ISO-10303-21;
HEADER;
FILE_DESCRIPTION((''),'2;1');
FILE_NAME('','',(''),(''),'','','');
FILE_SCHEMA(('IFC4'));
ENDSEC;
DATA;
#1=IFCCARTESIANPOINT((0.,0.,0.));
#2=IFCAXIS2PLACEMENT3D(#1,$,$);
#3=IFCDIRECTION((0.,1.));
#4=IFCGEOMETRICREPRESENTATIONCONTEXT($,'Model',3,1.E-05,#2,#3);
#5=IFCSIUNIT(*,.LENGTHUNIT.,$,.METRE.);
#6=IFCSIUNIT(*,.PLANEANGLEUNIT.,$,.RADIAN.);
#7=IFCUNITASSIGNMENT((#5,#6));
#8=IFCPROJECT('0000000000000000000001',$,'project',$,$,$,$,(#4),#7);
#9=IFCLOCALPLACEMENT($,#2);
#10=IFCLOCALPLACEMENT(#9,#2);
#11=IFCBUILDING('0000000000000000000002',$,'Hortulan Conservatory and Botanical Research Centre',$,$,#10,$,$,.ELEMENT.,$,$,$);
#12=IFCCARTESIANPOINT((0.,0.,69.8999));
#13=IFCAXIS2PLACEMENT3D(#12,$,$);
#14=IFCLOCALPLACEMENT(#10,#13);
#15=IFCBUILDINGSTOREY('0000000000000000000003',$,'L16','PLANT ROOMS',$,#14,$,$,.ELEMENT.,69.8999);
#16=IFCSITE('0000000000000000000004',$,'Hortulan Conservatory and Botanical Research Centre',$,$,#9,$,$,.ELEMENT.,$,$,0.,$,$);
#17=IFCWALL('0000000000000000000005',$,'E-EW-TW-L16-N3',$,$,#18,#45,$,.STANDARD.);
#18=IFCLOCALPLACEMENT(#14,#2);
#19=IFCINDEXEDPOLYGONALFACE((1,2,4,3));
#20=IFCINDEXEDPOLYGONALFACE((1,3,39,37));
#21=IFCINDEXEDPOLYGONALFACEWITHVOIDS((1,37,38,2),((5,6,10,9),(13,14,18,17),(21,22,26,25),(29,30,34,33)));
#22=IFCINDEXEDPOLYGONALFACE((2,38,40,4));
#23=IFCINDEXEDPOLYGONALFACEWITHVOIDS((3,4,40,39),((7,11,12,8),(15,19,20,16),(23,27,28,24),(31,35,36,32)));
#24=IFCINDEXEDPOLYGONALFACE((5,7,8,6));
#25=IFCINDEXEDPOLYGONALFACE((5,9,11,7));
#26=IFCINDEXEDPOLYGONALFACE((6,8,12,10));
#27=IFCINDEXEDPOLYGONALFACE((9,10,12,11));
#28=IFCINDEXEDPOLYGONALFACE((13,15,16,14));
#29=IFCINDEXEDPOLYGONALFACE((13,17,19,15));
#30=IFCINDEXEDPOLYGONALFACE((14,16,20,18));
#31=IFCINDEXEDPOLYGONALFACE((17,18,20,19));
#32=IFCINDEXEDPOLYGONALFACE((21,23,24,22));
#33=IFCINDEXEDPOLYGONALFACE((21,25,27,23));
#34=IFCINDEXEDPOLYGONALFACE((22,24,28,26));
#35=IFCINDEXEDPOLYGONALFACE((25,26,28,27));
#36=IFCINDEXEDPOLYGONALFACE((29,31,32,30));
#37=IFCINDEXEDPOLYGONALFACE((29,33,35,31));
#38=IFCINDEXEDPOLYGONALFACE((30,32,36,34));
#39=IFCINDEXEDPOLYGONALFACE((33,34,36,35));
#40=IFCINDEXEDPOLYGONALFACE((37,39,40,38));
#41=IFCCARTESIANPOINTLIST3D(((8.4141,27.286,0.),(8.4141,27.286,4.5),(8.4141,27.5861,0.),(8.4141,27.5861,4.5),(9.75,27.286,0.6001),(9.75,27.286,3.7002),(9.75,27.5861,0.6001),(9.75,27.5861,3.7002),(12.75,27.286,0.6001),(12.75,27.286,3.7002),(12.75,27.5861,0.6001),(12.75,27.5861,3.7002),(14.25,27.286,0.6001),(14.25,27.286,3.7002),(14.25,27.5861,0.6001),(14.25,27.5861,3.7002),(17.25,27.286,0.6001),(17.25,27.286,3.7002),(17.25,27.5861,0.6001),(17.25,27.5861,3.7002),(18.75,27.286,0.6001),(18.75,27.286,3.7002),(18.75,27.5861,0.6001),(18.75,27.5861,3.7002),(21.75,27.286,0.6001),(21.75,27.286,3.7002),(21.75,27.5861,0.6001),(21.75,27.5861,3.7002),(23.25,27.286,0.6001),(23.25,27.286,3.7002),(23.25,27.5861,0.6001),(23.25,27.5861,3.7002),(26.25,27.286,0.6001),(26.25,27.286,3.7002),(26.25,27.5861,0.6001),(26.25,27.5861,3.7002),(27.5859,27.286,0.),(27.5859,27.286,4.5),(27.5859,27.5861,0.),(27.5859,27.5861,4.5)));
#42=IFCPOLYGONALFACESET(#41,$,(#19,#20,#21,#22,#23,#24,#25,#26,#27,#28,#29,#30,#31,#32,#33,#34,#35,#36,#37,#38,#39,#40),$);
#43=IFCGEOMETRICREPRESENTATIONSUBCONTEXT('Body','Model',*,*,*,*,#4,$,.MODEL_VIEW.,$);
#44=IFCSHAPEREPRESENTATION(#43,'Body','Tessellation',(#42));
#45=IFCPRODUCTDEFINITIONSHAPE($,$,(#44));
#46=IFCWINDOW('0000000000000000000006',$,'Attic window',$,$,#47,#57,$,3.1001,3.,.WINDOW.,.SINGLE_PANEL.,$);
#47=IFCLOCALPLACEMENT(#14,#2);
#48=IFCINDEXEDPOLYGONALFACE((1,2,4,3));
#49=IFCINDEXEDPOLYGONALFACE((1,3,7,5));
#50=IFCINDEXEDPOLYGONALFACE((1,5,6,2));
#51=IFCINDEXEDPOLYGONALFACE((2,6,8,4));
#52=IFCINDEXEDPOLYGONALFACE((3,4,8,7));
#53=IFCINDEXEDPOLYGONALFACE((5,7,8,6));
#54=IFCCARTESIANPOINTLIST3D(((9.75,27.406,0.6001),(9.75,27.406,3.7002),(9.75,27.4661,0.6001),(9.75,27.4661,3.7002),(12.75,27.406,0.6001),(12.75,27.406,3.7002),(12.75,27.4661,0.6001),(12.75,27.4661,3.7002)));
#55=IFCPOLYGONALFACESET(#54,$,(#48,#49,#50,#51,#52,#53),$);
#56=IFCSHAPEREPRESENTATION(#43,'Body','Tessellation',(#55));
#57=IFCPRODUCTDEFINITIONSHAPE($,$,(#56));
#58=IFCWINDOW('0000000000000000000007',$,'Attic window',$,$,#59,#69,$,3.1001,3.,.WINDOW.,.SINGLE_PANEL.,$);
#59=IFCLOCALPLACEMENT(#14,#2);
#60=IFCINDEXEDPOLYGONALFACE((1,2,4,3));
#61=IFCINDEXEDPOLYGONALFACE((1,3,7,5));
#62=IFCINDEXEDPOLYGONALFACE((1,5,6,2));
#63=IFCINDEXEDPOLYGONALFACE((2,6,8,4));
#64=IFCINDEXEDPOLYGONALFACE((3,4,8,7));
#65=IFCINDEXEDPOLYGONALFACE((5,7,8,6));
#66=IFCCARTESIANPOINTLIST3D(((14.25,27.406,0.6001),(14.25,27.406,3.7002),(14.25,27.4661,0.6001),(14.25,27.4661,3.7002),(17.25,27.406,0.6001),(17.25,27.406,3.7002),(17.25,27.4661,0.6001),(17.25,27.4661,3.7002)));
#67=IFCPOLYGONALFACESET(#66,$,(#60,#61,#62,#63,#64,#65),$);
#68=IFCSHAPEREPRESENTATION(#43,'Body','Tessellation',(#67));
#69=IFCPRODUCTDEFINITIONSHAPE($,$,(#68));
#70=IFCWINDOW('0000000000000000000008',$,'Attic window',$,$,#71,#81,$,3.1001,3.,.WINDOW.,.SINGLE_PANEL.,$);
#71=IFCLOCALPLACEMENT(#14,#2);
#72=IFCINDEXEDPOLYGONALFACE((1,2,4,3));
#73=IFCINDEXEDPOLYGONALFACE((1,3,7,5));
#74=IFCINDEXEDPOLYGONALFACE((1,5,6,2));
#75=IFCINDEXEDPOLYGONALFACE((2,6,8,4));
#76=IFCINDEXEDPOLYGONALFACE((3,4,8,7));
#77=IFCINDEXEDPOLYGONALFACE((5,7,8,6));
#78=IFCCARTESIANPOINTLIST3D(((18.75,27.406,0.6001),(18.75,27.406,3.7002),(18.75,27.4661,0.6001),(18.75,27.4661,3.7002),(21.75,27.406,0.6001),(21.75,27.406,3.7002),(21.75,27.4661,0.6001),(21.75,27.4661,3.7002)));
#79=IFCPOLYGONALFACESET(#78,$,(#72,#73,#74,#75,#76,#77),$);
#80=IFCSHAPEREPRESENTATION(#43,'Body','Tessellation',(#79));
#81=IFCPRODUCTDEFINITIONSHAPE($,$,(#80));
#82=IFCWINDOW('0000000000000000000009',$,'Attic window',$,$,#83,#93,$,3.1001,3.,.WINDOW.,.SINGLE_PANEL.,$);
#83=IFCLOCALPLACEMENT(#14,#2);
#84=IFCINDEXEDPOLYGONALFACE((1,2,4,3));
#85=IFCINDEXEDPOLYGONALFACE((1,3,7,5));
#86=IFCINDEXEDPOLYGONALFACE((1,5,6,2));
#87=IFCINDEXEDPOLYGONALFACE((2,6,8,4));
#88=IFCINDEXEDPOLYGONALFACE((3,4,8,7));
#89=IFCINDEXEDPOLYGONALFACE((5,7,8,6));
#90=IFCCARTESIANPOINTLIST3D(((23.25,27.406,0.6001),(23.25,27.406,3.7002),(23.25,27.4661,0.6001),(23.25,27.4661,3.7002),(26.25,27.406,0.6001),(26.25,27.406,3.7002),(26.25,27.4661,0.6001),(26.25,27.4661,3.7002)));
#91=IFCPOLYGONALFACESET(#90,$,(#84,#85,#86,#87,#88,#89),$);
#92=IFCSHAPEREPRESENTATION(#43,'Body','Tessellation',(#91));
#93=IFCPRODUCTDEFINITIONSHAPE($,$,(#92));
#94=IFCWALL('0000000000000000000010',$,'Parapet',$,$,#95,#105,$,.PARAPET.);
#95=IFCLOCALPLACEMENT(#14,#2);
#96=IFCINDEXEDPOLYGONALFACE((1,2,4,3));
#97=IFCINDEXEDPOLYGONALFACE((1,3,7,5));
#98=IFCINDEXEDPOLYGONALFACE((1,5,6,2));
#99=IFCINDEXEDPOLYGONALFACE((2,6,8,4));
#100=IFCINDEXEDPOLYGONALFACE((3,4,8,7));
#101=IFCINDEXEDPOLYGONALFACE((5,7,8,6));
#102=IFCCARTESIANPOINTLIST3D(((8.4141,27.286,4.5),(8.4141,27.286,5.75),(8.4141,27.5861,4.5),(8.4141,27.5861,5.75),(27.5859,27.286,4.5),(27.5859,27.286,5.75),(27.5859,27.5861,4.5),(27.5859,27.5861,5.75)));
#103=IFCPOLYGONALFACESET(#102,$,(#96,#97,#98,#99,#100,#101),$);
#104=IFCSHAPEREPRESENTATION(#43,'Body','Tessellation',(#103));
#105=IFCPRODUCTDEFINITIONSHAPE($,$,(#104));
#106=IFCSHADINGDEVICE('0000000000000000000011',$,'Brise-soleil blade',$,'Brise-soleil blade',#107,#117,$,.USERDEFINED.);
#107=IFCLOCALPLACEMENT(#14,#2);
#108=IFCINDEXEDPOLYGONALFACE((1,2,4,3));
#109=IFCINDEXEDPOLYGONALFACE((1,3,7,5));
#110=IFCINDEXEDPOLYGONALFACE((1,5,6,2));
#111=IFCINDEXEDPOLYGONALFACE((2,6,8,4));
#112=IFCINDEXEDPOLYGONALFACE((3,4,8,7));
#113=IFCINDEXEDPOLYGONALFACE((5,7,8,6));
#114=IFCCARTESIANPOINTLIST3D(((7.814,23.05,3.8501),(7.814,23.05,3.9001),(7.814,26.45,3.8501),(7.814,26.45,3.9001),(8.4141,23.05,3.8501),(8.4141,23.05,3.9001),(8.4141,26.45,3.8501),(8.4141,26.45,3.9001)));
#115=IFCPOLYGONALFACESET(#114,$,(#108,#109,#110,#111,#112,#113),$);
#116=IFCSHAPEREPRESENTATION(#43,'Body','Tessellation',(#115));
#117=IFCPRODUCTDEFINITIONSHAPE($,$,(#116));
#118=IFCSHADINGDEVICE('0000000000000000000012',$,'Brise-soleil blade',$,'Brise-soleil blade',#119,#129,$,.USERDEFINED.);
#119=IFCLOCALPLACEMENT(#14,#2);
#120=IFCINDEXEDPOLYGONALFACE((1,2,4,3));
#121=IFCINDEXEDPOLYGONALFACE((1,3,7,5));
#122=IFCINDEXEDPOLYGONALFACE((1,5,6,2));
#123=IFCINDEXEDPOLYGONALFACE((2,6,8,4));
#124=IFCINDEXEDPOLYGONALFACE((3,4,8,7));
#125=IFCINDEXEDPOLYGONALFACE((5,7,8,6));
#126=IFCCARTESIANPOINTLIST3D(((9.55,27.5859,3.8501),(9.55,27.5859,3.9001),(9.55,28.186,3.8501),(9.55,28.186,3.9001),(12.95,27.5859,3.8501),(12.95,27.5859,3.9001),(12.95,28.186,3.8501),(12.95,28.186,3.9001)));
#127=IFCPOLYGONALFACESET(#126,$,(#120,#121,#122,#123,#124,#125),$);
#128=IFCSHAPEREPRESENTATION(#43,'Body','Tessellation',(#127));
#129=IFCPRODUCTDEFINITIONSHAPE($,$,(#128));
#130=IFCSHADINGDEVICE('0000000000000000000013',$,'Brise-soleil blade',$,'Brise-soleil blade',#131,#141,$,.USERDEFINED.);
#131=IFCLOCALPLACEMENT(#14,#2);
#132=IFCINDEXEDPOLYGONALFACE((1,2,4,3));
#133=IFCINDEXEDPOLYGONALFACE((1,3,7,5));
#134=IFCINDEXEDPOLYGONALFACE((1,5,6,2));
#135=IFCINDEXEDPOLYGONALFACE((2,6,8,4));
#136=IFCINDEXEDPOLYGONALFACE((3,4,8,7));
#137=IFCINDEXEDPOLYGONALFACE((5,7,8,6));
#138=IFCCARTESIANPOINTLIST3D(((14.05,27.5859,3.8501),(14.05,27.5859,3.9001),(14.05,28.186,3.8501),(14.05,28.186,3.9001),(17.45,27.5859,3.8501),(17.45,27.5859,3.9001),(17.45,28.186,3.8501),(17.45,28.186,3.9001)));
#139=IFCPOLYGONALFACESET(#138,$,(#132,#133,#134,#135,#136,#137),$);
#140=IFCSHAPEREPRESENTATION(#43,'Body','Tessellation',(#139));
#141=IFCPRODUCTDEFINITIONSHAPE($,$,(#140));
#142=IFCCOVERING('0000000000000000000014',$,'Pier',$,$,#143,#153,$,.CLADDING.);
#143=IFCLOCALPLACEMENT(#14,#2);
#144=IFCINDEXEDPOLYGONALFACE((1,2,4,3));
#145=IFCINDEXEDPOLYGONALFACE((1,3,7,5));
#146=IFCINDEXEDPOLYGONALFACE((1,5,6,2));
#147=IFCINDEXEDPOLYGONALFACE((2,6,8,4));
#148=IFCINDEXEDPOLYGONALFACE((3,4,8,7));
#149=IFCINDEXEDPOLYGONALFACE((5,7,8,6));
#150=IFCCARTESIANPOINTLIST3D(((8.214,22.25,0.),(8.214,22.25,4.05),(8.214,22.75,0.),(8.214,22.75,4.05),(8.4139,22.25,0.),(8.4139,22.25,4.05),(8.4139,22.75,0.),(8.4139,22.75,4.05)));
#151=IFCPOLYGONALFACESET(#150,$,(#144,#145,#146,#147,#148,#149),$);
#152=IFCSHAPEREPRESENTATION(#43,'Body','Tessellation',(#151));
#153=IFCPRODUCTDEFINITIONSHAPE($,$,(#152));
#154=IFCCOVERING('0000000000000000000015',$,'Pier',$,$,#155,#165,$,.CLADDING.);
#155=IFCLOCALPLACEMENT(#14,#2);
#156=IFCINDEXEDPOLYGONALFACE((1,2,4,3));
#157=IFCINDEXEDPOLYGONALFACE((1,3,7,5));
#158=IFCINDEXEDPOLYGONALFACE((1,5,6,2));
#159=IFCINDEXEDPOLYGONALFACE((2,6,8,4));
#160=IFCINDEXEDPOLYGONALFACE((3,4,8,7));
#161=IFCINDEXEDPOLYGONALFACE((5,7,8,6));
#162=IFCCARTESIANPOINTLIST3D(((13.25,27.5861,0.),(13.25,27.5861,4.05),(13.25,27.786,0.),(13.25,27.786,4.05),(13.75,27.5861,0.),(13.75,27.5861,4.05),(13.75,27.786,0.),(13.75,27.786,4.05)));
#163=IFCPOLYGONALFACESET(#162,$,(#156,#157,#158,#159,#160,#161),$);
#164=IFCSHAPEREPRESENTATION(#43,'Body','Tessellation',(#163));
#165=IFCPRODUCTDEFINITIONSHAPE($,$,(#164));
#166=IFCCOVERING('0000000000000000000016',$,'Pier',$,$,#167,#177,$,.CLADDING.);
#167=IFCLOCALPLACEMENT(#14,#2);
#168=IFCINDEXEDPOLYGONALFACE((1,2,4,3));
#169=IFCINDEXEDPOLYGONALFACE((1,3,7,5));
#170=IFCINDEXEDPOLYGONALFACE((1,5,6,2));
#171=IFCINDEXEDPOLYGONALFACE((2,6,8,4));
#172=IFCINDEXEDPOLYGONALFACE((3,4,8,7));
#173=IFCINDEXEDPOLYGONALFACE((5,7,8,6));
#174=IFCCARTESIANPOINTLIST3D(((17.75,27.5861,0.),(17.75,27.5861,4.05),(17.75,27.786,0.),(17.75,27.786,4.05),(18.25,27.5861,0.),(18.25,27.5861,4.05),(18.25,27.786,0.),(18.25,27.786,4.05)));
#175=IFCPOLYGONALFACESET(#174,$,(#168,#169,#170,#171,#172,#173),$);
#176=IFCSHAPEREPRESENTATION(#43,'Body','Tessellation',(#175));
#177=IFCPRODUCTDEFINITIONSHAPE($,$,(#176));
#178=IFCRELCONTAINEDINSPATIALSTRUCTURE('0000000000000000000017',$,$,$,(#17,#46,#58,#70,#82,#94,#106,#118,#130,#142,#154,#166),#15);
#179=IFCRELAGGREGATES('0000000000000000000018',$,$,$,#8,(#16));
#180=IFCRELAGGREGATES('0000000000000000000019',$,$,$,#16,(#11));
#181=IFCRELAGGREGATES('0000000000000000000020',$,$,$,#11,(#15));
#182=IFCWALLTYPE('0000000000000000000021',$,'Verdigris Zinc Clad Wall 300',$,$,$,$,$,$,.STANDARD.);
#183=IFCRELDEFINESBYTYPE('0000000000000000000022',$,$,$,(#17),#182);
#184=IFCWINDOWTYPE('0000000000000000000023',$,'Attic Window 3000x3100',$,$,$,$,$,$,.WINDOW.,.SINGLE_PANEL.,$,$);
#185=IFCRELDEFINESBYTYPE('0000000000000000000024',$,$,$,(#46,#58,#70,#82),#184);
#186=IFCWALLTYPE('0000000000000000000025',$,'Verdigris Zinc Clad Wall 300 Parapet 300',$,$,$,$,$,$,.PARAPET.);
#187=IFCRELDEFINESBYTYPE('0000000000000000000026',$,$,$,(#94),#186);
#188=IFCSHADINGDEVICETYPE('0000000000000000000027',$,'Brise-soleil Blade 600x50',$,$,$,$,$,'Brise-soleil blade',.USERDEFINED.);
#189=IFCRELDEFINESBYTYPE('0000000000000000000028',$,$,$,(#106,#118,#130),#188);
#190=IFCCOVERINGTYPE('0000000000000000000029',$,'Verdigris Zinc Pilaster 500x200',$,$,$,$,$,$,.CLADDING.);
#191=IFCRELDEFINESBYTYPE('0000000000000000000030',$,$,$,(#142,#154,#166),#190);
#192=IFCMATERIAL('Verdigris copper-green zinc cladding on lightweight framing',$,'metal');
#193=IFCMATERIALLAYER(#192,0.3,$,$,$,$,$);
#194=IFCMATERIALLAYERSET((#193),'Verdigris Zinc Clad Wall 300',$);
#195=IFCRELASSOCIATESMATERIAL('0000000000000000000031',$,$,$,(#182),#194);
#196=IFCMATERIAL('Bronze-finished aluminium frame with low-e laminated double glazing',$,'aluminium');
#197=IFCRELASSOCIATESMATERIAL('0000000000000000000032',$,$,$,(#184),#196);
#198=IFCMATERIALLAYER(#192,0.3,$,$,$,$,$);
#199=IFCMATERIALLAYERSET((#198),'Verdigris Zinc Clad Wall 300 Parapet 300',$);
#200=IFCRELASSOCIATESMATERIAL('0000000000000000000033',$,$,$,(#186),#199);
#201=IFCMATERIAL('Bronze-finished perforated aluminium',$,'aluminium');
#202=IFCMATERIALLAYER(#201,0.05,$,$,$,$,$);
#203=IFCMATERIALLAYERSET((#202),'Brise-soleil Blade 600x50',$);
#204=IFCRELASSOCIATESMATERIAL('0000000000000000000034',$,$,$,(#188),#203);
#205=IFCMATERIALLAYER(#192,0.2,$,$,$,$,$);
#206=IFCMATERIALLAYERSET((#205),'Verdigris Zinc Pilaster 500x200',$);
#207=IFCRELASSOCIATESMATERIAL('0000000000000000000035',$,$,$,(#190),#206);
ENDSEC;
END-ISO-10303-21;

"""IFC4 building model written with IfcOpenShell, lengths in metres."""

from ifc_helpers import new_model, si_unit, direction, frame, frame_2d, origin, origin_2d, place, context, subcontext, project, spatial, rectangle, extrude, material, layer, layer_set, type_object, element, fill, save


model = new_model("IFC4")

# Units and contexts
model_context = context("Model", 3, precision=1e-05, world=origin(), true_north=direction((0.0, 1.0)))
body_context = subcontext(model_context, "Body", "Model", "MODEL_VIEW")
ifc_project = project(units=[si_unit("LENGTHUNIT", "METRE"), si_unit("PLANEANGLEUNIT", "RADIAN")], contexts=[model_context])

# Site, building, storey
site_placement = place(None, origin())
site = spatial("IfcSite", under=ifc_project, at=site_placement, Name="Hortulan Conservatory and Botanical Research Centre", CompositionType="ELEMENT", RefElevation=0.0)
building_placement = place(site_placement, origin())
building = spatial("IfcBuilding", under=site, at=building_placement, Name="Hortulan Conservatory and Botanical Research Centre", CompositionType="ELEMENT")
storey_placement = place(building_placement, frame((0.0, 0.0, 69.8999)))
storey = spatial("IfcBuildingStorey", under=building, at=storey_placement, Name="L16", Description="PLANT ROOMS", CompositionType="ELEMENT", Elevation=69.8999)

# Wall, openings, windows
ifc_material_1 = material(Name="Verdigris copper-green zinc cladding on lightweight framing", Category="metal")
ifc_layer_1 = layer(ifc_material_1, 0.3)
ifc_layer_set_1 = layer_set([ifc_layer_1], Name="Verdigris Zinc Clad Wall 300")
wall_type_1 = type_object("IfcWallType", Name="Verdigris Zinc Clad Wall 300", PredefinedType="STANDARD", material=ifc_layer_set_1)
wall_1_placement = place(storey_placement, frame((8.4141, 27.436, 0.0), z_axis=(0.0, 0.0, 1.0), x_axis=(1.0, 0.0, 0.0)))
wall_1 = element("IfcWall", 1, at=wall_1_placement, inside=storey, type_object=wall_type_1, Name="E-EW-TW-L16-N3", PredefinedType="STANDARD", context=body_context, shape_type="SweptSolid", body=[
    extrude(rectangle(XDim=19.1719, YDim=0.3, at=frame_2d((9.5859, 0.0))), origin(), (0.0, 0.0, 1.0), 4.5),
])
opening_1_placement = place(wall_1_placement, frame((1.3359, 0.0, 0.6001)))
opening_1 = element("IfcOpeningElement", 2, at=opening_1_placement, cuts=wall_1, PredefinedType="OPENING", context=body_context, shape_type="SweptSolid", body=[
    extrude(rectangle(XDim=3.0, YDim=3.1001, at=frame_2d((1.5, 1.55))), frame((0.0, 0.1599, 0.0), z_axis=(0.0, -1.0, 0.0), x_axis=(1.0, 0.0, 0.0)), (0.0, 0.0, 1.0), 0.3201),
])
opening_2_placement = place(wall_1_placement, frame((5.8359, 0.0, 0.6001)))
opening_2 = element("IfcOpeningElement", 3, at=opening_2_placement, cuts=wall_1, PredefinedType="OPENING", context=body_context, shape_type="SweptSolid", body=[
    extrude(rectangle(XDim=3.0, YDim=3.1001, at=frame_2d((1.5, 1.55))), frame((0.0, 0.1599, 0.0), z_axis=(0.0, -1.0, 0.0), x_axis=(1.0, 0.0, 0.0)), (0.0, 0.0, 1.0), 0.3201),
])
opening_3_placement = place(wall_1_placement, frame((10.3359, 0.0, 0.6001)))
opening_3 = element("IfcOpeningElement", 4, at=opening_3_placement, cuts=wall_1, PredefinedType="OPENING", context=body_context, shape_type="SweptSolid", body=[
    extrude(rectangle(XDim=3.0, YDim=3.1001, at=frame_2d((1.5, 1.55))), frame((0.0, 0.1599, 0.0), z_axis=(0.0, -1.0, 0.0), x_axis=(1.0, 0.0, 0.0)), (0.0, 0.0, 1.0), 0.3201),
])
opening_4_placement = place(wall_1_placement, frame((14.8359, 0.0, 0.6001)))
opening_4 = element("IfcOpeningElement", 5, at=opening_4_placement, cuts=wall_1, PredefinedType="OPENING", context=body_context, shape_type="SweptSolid", body=[
    extrude(rectangle(XDim=3.0, YDim=3.1001, at=frame_2d((1.5, 1.55))), frame((0.0, 0.1599, 0.0), z_axis=(0.0, -1.0, 0.0), x_axis=(1.0, 0.0, 0.0)), (0.0, 0.0, 1.0), 0.3201),
])
ifc_material_2 = material(Name="Bronze-finished aluminium frame with low-e laminated double glazing", Category="aluminium")
window_type = type_object("IfcWindowType", Name="Attic Window 3000x3100", PartitioningType="SINGLE_PANEL", PredefinedType="WINDOW", material=ifc_material_2)
window_1_placement = place(opening_1_placement, origin())
window_1 = element("IfcWindow", 6, at=window_1_placement, inside=storey, type_object=window_type, Name="Attic window", OverallHeight=3.1001, OverallWidth=3.0, PartitioningType="SINGLE_PANEL", PredefinedType="WINDOW", context=body_context, shape_type="SweptSolid", body=[
    extrude(rectangle(XDim=3.0, YDim=3.1001, at=frame_2d((1.5, 1.55))), frame((0.0, 0.03, 0.0), z_axis=(0.0, -1.0, 0.0), x_axis=(1.0, 0.0, 0.0)), (0.0, 0.0, 1.0), 0.0601),
])
fill(opening_1, window_1)
window_2_placement = place(opening_2_placement, origin())
window_2 = element("IfcWindow", 7, at=window_2_placement, inside=storey, type_object=window_type, Name="Attic window", OverallHeight=3.1001, OverallWidth=3.0, PartitioningType="SINGLE_PANEL", PredefinedType="WINDOW", context=body_context, shape_type="SweptSolid", body=[
    extrude(rectangle(XDim=3.0, YDim=3.1001, at=frame_2d((1.5, 1.55))), frame((0.0, 0.03, 0.0), z_axis=(0.0, -1.0, 0.0), x_axis=(1.0, 0.0, 0.0)), (0.0, 0.0, 1.0), 0.0601),
])
fill(opening_2, window_2)
window_3_placement = place(opening_3_placement, origin())
window_3 = element("IfcWindow", 8, at=window_3_placement, inside=storey, type_object=window_type, Name="Attic window", OverallHeight=3.1001, OverallWidth=3.0, PartitioningType="SINGLE_PANEL", PredefinedType="WINDOW", context=body_context, shape_type="SweptSolid", body=[
    extrude(rectangle(XDim=3.0, YDim=3.1001, at=frame_2d((1.5, 1.55))), frame((0.0, 0.03, 0.0), z_axis=(0.0, -1.0, 0.0), x_axis=(1.0, 0.0, 0.0)), (0.0, 0.0, 1.0), 0.0601),
])
fill(opening_3, window_3)
window_4_placement = place(opening_4_placement, origin())
window_4 = element("IfcWindow", 9, at=window_4_placement, inside=storey, type_object=window_type, Name="Attic window", OverallHeight=3.1001, OverallWidth=3.0, PartitioningType="SINGLE_PANEL", PredefinedType="WINDOW", context=body_context, shape_type="SweptSolid", body=[
    extrude(rectangle(XDim=3.0, YDim=3.1001, at=frame_2d((1.5, 1.55))), frame((0.0, 0.03, 0.0), z_axis=(0.0, -1.0, 0.0), x_axis=(1.0, 0.0, 0.0)), (0.0, 0.0, 1.0), 0.0601),
])
fill(opening_4, window_4)

# Wall
ifc_layer_2 = layer(ifc_material_1, 0.3)
ifc_layer_set_2 = layer_set([ifc_layer_2], Name="Verdigris Zinc Clad Wall 300 Parapet 300")
wall_type_2 = type_object("IfcWallType", Name="Verdigris Zinc Clad Wall 300 Parapet 300", PredefinedType="PARAPET", material=ifc_layer_set_2)
wall_2_placement = place(storey_placement, frame((8.4141, 27.436, 4.5), z_axis=(0.0, 0.0, 1.0), x_axis=(1.0, 0.0, 0.0)))
element("IfcWall", 10, at=wall_2_placement, inside=storey, type_object=wall_type_2, Name="Parapet", PredefinedType="PARAPET", context=body_context, shape_type="SweptSolid", body=[
    extrude(rectangle(XDim=19.1719, YDim=0.3, at=frame_2d((9.5859, 0.0))), origin(), (0.0, 0.0, 1.0), 1.25),
])

# Shading devices
ifc_material_3 = material(Name="Bronze-finished perforated aluminium", Category="aluminium")
ifc_layer_3 = layer(ifc_material_3, 0.05)
ifc_layer_set_3 = layer_set([ifc_layer_3], Name="Brise-soleil Blade 600x50")
shading_device_type = type_object("IfcShadingDeviceType", Name="Brise-soleil Blade 600x50", ElementType="Brise-soleil blade", PredefinedType="USERDEFINED", material=ifc_layer_set_3)
for number, where, z_axis, x_axis, name in (
    (11, (8.114, 24.75, 3.8501), (0.0, 0.0, 1.0), (0.0, 1.0, 0.0), "Brise-soleil blade"),
    (12, (11.25, 27.886, 3.8501), (0.0, 0.0, 1.0), (1.0, 0.0, 0.0), "Brise-soleil blade"),
    (13, (15.75, 27.886, 3.8501), (0.0, 0.0, 1.0), (1.0, 0.0, 0.0), "Brise-soleil blade"),
):
    element("IfcShadingDevice", number, at=place(storey_placement, frame(where, z_axis=z_axis, x_axis=x_axis)), inside=storey, type_object=shading_device_type, Name=name, ObjectType="Brise-soleil blade", PredefinedType="USERDEFINED", context=body_context, shape_type="SweptSolid", body=[
        extrude(rectangle(XDim=3.3999, YDim=0.6001, at=origin_2d()), origin(), (0.0, 0.0, 1.0), 0.05),
    ])

# Coverings
ifc_layer_4 = layer(ifc_material_1, 0.2)
ifc_layer_set_4 = layer_set([ifc_layer_4], Name="Verdigris Zinc Pilaster 500x200")
covering_type_1 = type_object("IfcCoveringType", Name="Verdigris Zinc Pilaster 500x200", PredefinedType="CLADDING", material=ifc_layer_set_4)
for number, where, z_axis, x_axis, name in (
    (14, (8.314, 22.5, 0.0), (0.0, 0.0, 1.0), (0.0, 1.0, 0.0), "Pier"),
    (15, (13.5, 27.686, 0.0), (0.0, 0.0, 1.0), (1.0, 0.0, 0.0), "Pier"),
    (16, (18.0, 27.686, 0.0), (0.0, 0.0, 1.0), (1.0, 0.0, 0.0), "Pier"),
):
    element("IfcCovering", number, at=place(storey_placement, frame(where, z_axis=z_axis, x_axis=x_axis)), inside=storey, type_object=covering_type_1, Name=name, PredefinedType="CLADDING", context=body_context, shape_type="SweptSolid", body=[
        extrude(rectangle(XDim=0.5, YDim=0.2, at=origin_2d()), origin(), (0.0, 0.0, 1.0), 4.05),
    ])

save(model, "model.ifc")
